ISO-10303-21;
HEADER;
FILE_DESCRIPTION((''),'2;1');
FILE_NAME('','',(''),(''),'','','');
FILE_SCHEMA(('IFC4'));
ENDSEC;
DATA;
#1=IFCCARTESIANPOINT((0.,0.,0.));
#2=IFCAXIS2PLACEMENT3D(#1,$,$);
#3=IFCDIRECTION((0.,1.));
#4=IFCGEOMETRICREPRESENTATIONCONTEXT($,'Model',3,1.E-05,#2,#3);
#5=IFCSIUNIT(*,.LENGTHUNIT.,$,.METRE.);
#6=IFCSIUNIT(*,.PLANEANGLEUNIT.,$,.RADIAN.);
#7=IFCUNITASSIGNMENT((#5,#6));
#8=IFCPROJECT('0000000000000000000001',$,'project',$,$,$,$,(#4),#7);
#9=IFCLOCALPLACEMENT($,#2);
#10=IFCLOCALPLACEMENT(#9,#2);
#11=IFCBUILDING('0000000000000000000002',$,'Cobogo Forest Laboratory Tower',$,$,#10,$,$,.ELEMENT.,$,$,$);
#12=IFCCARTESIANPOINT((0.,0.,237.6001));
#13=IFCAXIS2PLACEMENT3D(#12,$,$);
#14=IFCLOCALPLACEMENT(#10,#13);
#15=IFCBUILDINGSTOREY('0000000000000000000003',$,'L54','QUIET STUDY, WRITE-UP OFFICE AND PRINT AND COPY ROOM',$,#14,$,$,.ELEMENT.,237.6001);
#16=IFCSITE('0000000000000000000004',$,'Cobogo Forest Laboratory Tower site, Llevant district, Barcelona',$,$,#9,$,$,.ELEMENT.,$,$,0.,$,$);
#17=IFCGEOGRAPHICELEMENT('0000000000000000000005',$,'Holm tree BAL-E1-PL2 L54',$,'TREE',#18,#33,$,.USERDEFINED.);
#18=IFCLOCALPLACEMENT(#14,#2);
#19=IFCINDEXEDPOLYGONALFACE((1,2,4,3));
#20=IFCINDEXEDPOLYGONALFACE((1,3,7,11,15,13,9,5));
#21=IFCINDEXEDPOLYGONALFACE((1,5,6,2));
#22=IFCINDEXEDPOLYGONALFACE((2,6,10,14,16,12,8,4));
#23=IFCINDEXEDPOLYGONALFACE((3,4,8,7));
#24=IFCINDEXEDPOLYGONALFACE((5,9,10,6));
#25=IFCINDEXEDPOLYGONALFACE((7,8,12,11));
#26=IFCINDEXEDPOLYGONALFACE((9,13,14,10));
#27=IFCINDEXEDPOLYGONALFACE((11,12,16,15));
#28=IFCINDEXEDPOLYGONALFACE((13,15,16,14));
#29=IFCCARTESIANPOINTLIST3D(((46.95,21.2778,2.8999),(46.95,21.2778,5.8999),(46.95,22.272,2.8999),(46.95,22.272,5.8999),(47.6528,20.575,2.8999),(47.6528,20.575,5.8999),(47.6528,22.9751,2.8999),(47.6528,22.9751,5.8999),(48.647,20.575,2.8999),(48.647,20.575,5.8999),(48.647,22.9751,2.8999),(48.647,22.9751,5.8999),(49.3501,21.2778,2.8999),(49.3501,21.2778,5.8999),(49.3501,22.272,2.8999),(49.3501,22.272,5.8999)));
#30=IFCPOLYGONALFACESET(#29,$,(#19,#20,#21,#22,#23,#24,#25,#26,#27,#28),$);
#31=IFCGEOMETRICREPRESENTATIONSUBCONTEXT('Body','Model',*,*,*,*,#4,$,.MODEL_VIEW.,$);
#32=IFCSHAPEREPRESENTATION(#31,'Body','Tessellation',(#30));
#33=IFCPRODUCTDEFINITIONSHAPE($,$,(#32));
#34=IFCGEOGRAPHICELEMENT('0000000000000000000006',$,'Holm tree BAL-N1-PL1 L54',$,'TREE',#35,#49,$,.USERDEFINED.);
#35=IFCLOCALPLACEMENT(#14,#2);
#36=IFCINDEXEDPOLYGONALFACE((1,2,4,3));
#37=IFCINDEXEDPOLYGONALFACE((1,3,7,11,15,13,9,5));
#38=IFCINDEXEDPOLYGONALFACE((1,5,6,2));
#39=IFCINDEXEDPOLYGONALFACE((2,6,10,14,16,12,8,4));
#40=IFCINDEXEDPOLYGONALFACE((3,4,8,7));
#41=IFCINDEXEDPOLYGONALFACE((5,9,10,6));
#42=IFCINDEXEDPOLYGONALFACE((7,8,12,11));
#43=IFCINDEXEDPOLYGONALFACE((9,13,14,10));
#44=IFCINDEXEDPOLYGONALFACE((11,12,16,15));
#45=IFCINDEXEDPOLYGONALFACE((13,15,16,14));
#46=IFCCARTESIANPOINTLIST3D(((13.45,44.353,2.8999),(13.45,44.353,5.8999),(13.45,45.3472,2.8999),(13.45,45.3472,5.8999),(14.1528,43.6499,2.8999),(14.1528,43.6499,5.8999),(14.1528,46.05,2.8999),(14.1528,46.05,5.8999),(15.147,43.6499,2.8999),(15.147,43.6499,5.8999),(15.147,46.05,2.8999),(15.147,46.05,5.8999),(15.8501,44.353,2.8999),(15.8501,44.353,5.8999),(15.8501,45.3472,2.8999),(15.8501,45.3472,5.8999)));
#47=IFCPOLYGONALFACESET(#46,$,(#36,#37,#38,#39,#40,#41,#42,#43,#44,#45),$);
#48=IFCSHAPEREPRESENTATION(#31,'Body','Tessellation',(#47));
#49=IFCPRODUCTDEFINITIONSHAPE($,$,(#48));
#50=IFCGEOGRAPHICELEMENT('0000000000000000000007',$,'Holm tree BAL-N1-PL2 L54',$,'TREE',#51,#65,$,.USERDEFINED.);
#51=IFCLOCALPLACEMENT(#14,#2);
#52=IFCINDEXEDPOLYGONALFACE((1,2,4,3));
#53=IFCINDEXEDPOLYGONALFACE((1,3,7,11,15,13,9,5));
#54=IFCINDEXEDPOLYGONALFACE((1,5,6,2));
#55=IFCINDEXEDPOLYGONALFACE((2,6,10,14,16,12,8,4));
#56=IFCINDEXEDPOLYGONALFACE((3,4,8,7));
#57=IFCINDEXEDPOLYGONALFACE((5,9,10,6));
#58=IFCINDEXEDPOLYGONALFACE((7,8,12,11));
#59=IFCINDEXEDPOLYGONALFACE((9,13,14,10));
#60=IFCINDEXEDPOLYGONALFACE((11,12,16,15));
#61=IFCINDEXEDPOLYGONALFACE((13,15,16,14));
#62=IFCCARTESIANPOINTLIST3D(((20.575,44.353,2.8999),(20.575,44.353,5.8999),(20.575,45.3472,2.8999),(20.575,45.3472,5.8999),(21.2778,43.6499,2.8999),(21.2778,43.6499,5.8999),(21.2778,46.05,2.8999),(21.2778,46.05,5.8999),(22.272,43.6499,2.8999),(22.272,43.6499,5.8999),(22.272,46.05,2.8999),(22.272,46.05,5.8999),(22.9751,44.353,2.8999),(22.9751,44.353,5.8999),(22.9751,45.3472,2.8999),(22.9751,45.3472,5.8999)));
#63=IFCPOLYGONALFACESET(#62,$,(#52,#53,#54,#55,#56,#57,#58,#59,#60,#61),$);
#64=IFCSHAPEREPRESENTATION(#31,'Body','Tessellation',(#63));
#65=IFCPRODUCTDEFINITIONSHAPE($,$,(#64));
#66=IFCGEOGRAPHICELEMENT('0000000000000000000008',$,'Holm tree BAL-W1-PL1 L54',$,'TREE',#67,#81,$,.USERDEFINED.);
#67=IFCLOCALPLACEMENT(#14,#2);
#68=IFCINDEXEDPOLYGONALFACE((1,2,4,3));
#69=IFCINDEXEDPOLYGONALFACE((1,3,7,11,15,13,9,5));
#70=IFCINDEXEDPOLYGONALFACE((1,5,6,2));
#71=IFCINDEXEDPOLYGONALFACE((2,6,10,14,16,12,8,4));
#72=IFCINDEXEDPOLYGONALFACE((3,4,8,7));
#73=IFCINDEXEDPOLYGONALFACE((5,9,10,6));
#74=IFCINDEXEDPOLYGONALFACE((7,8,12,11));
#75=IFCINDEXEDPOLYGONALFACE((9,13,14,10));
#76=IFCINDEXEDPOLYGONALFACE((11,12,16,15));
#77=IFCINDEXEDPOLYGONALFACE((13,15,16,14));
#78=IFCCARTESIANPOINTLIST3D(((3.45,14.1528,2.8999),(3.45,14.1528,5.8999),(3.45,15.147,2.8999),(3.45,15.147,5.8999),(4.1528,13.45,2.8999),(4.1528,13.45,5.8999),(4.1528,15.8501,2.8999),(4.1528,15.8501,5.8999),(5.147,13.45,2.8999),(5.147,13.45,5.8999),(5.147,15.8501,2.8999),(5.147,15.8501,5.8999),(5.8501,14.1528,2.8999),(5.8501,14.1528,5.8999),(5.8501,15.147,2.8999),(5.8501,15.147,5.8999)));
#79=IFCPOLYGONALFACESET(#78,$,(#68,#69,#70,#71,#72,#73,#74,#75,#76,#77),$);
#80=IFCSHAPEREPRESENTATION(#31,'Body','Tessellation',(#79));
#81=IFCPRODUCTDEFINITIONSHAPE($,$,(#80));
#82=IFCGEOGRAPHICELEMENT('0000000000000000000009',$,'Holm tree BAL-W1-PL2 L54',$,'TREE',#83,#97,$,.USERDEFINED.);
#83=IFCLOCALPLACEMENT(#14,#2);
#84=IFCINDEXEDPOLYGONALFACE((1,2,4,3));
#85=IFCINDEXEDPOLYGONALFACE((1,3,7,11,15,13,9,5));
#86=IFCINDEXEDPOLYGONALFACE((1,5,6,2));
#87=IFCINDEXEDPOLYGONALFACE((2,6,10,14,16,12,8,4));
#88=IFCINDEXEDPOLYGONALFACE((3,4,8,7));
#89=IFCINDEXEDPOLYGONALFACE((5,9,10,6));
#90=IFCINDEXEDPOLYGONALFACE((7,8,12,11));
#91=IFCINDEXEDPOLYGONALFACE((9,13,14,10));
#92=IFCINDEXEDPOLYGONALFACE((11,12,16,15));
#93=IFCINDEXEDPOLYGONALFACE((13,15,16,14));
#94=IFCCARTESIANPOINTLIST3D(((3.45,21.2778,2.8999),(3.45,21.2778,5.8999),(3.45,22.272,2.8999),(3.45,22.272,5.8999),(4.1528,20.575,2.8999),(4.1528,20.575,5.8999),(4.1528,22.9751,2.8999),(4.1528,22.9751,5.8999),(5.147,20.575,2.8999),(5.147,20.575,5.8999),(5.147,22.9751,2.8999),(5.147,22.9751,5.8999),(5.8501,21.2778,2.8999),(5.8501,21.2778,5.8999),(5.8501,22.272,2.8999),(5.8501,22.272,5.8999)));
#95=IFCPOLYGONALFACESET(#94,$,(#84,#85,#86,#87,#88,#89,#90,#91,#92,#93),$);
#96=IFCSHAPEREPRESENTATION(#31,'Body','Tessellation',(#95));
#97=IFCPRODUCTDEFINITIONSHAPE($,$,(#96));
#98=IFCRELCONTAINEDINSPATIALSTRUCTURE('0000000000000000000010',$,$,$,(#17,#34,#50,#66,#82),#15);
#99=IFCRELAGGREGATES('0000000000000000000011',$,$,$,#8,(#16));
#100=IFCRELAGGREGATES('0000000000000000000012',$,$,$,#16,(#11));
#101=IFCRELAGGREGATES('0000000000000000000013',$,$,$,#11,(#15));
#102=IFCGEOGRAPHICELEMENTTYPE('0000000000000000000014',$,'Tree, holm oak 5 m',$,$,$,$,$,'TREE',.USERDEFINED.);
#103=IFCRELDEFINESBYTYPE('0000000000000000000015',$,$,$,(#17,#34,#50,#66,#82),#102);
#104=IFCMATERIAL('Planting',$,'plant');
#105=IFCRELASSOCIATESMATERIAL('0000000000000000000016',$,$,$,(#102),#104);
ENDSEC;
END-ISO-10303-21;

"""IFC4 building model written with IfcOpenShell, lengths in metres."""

from ifc_helpers import new_model, si_unit, direction, frame, origin, place, context, subcontext, project, spatial, polyline, outline, extrude, material, type_object, element, save


model = new_model("IFC4")

# Units and contexts
model_context = context("Model", 3, precision=1e-05, world=origin(), true_north=direction((0.0, 1.0)))
body_context = subcontext(model_context, "Body", "Model", "MODEL_VIEW")
ifc_project = project(units=[si_unit("LENGTHUNIT", "METRE"), si_unit("PLANEANGLEUNIT", "RADIAN")], contexts=[model_context])

# Site, building, storey
site_placement = place(None, origin())
site = spatial("IfcSite", under=ifc_project, at=site_placement, Name="Cobogo Forest Laboratory Tower site, Llevant district, Barcelona", CompositionType="ELEMENT", RefElevation=0.0)
building_placement = place(site_placement, origin())
building = spatial("IfcBuilding", under=site, at=building_placement, Name="Cobogo Forest Laboratory Tower", CompositionType="ELEMENT")
storey_placement = place(building_placement, frame((0.0, 0.0, 237.6001)))
storey = spatial("IfcBuildingStorey", under=building, at=storey_placement, Name="L54", Description="QUIET STUDY, WRITE-UP OFFICE AND PRINT AND COPY ROOM", CompositionType="ELEMENT", Elevation=237.6001)

# Geographic elements
ifc_material_1 = material(Name="Planting", Category="plant")
geographic_element_type = type_object("IfcGeographicElementType", Name="Tree, holm oak 5 m", ElementType="TREE", PredefinedType="USERDEFINED", material=ifc_material_1)
geographic_element_1_placement = place(storey_placement, frame((0.0, 0.0, 2.8999)))
element("IfcGeographicElement", 1, at=geographic_element_1_placement, inside=storey, type_object=geographic_element_type, Name="Holm tree BAL-E1-PL2 L54", ObjectType="TREE", PredefinedType="USERDEFINED", context=body_context, shape_type="SweptSolid", body=[
    extrude(outline(polyline([(49.3501, 21.2778), (49.3501, 22.272), (48.647, 22.9751), (47.6528, 22.9751), (46.95, 22.272), (46.95, 21.2778), (47.6528, 20.575), (48.647, 20.575), (49.3501, 21.2778)])), origin(), (0.0, 0.0, 1.0), 3.0),
])
geographic_element_2_placement = place(storey_placement, frame((0.0, 0.0, 2.8999)))
element("IfcGeographicElement", 2, at=geographic_element_2_placement, inside=storey, type_object=geographic_element_type, Name="Holm tree BAL-N1-PL1 L54", ObjectType="TREE", PredefinedType="USERDEFINED", context=body_context, shape_type="SweptSolid", body=[
    extrude(outline(polyline([(15.8501, 44.353), (15.8501, 45.3472), (15.147, 46.05), (14.1528, 46.05), (13.45, 45.3472), (13.45, 44.353), (14.1528, 43.6499), (15.147, 43.6499), (15.8501, 44.353)])), origin(), (0.0, 0.0, 1.0), 3.0),
])
geographic_element_3_placement = place(storey_placement, frame((0.0, 0.0, 2.8999)))
element("IfcGeographicElement", 3, at=geographic_element_3_placement, inside=storey, type_object=geographic_element_type, Name="Holm tree BAL-N1-PL2 L54", ObjectType="TREE", PredefinedType="USERDEFINED", context=body_context, shape_type="SweptSolid", body=[
    extrude(outline(polyline([(22.9751, 44.353), (22.9751, 45.3472), (22.272, 46.05), (21.2778, 46.05), (20.575, 45.3472), (20.575, 44.353), (21.2778, 43.6499), (22.272, 43.6499), (22.9751, 44.353)])), origin(), (0.0, 0.0, 1.0), 3.0),
])
geographic_element_4_placement = place(storey_placement, frame((0.0, 0.0, 2.8999)))
element("IfcGeographicElement", 4, at=geographic_element_4_placement, inside=storey, type_object=geographic_element_type, Name="Holm tree BAL-W1-PL1 L54", ObjectType="TREE", PredefinedType="USERDEFINED", context=body_context, shape_type="SweptSolid", body=[
    extrude(outline(polyline([(5.8501, 14.1528), (5.8501, 15.147), (5.147, 15.8501), (4.1528, 15.8501), (3.45, 15.147), (3.45, 14.1528), (4.1528, 13.45), (5.147, 13.45), (5.8501, 14.1528)])), origin(), (0.0, 0.0, 1.0), 3.0),
])
geographic_element_5_placement = place(storey_placement, frame((0.0, 0.0, 2.8999)))
element("IfcGeographicElement", 5, at=geographic_element_5_placement, inside=storey, type_object=geographic_element_type, Name="Holm tree BAL-W1-PL2 L54", ObjectType="TREE", PredefinedType="USERDEFINED", context=body_context, shape_type="SweptSolid", body=[
    extrude(outline(polyline([(5.8501, 21.2778), (5.8501, 22.272), (5.147, 22.9751), (4.1528, 22.9751), (3.45, 22.272), (3.45, 21.2778), (4.1528, 20.575), (5.147, 20.575), (5.8501, 21.2778)])), origin(), (0.0, 0.0, 1.0), 3.0),
])

save(model, "model.ifc")
